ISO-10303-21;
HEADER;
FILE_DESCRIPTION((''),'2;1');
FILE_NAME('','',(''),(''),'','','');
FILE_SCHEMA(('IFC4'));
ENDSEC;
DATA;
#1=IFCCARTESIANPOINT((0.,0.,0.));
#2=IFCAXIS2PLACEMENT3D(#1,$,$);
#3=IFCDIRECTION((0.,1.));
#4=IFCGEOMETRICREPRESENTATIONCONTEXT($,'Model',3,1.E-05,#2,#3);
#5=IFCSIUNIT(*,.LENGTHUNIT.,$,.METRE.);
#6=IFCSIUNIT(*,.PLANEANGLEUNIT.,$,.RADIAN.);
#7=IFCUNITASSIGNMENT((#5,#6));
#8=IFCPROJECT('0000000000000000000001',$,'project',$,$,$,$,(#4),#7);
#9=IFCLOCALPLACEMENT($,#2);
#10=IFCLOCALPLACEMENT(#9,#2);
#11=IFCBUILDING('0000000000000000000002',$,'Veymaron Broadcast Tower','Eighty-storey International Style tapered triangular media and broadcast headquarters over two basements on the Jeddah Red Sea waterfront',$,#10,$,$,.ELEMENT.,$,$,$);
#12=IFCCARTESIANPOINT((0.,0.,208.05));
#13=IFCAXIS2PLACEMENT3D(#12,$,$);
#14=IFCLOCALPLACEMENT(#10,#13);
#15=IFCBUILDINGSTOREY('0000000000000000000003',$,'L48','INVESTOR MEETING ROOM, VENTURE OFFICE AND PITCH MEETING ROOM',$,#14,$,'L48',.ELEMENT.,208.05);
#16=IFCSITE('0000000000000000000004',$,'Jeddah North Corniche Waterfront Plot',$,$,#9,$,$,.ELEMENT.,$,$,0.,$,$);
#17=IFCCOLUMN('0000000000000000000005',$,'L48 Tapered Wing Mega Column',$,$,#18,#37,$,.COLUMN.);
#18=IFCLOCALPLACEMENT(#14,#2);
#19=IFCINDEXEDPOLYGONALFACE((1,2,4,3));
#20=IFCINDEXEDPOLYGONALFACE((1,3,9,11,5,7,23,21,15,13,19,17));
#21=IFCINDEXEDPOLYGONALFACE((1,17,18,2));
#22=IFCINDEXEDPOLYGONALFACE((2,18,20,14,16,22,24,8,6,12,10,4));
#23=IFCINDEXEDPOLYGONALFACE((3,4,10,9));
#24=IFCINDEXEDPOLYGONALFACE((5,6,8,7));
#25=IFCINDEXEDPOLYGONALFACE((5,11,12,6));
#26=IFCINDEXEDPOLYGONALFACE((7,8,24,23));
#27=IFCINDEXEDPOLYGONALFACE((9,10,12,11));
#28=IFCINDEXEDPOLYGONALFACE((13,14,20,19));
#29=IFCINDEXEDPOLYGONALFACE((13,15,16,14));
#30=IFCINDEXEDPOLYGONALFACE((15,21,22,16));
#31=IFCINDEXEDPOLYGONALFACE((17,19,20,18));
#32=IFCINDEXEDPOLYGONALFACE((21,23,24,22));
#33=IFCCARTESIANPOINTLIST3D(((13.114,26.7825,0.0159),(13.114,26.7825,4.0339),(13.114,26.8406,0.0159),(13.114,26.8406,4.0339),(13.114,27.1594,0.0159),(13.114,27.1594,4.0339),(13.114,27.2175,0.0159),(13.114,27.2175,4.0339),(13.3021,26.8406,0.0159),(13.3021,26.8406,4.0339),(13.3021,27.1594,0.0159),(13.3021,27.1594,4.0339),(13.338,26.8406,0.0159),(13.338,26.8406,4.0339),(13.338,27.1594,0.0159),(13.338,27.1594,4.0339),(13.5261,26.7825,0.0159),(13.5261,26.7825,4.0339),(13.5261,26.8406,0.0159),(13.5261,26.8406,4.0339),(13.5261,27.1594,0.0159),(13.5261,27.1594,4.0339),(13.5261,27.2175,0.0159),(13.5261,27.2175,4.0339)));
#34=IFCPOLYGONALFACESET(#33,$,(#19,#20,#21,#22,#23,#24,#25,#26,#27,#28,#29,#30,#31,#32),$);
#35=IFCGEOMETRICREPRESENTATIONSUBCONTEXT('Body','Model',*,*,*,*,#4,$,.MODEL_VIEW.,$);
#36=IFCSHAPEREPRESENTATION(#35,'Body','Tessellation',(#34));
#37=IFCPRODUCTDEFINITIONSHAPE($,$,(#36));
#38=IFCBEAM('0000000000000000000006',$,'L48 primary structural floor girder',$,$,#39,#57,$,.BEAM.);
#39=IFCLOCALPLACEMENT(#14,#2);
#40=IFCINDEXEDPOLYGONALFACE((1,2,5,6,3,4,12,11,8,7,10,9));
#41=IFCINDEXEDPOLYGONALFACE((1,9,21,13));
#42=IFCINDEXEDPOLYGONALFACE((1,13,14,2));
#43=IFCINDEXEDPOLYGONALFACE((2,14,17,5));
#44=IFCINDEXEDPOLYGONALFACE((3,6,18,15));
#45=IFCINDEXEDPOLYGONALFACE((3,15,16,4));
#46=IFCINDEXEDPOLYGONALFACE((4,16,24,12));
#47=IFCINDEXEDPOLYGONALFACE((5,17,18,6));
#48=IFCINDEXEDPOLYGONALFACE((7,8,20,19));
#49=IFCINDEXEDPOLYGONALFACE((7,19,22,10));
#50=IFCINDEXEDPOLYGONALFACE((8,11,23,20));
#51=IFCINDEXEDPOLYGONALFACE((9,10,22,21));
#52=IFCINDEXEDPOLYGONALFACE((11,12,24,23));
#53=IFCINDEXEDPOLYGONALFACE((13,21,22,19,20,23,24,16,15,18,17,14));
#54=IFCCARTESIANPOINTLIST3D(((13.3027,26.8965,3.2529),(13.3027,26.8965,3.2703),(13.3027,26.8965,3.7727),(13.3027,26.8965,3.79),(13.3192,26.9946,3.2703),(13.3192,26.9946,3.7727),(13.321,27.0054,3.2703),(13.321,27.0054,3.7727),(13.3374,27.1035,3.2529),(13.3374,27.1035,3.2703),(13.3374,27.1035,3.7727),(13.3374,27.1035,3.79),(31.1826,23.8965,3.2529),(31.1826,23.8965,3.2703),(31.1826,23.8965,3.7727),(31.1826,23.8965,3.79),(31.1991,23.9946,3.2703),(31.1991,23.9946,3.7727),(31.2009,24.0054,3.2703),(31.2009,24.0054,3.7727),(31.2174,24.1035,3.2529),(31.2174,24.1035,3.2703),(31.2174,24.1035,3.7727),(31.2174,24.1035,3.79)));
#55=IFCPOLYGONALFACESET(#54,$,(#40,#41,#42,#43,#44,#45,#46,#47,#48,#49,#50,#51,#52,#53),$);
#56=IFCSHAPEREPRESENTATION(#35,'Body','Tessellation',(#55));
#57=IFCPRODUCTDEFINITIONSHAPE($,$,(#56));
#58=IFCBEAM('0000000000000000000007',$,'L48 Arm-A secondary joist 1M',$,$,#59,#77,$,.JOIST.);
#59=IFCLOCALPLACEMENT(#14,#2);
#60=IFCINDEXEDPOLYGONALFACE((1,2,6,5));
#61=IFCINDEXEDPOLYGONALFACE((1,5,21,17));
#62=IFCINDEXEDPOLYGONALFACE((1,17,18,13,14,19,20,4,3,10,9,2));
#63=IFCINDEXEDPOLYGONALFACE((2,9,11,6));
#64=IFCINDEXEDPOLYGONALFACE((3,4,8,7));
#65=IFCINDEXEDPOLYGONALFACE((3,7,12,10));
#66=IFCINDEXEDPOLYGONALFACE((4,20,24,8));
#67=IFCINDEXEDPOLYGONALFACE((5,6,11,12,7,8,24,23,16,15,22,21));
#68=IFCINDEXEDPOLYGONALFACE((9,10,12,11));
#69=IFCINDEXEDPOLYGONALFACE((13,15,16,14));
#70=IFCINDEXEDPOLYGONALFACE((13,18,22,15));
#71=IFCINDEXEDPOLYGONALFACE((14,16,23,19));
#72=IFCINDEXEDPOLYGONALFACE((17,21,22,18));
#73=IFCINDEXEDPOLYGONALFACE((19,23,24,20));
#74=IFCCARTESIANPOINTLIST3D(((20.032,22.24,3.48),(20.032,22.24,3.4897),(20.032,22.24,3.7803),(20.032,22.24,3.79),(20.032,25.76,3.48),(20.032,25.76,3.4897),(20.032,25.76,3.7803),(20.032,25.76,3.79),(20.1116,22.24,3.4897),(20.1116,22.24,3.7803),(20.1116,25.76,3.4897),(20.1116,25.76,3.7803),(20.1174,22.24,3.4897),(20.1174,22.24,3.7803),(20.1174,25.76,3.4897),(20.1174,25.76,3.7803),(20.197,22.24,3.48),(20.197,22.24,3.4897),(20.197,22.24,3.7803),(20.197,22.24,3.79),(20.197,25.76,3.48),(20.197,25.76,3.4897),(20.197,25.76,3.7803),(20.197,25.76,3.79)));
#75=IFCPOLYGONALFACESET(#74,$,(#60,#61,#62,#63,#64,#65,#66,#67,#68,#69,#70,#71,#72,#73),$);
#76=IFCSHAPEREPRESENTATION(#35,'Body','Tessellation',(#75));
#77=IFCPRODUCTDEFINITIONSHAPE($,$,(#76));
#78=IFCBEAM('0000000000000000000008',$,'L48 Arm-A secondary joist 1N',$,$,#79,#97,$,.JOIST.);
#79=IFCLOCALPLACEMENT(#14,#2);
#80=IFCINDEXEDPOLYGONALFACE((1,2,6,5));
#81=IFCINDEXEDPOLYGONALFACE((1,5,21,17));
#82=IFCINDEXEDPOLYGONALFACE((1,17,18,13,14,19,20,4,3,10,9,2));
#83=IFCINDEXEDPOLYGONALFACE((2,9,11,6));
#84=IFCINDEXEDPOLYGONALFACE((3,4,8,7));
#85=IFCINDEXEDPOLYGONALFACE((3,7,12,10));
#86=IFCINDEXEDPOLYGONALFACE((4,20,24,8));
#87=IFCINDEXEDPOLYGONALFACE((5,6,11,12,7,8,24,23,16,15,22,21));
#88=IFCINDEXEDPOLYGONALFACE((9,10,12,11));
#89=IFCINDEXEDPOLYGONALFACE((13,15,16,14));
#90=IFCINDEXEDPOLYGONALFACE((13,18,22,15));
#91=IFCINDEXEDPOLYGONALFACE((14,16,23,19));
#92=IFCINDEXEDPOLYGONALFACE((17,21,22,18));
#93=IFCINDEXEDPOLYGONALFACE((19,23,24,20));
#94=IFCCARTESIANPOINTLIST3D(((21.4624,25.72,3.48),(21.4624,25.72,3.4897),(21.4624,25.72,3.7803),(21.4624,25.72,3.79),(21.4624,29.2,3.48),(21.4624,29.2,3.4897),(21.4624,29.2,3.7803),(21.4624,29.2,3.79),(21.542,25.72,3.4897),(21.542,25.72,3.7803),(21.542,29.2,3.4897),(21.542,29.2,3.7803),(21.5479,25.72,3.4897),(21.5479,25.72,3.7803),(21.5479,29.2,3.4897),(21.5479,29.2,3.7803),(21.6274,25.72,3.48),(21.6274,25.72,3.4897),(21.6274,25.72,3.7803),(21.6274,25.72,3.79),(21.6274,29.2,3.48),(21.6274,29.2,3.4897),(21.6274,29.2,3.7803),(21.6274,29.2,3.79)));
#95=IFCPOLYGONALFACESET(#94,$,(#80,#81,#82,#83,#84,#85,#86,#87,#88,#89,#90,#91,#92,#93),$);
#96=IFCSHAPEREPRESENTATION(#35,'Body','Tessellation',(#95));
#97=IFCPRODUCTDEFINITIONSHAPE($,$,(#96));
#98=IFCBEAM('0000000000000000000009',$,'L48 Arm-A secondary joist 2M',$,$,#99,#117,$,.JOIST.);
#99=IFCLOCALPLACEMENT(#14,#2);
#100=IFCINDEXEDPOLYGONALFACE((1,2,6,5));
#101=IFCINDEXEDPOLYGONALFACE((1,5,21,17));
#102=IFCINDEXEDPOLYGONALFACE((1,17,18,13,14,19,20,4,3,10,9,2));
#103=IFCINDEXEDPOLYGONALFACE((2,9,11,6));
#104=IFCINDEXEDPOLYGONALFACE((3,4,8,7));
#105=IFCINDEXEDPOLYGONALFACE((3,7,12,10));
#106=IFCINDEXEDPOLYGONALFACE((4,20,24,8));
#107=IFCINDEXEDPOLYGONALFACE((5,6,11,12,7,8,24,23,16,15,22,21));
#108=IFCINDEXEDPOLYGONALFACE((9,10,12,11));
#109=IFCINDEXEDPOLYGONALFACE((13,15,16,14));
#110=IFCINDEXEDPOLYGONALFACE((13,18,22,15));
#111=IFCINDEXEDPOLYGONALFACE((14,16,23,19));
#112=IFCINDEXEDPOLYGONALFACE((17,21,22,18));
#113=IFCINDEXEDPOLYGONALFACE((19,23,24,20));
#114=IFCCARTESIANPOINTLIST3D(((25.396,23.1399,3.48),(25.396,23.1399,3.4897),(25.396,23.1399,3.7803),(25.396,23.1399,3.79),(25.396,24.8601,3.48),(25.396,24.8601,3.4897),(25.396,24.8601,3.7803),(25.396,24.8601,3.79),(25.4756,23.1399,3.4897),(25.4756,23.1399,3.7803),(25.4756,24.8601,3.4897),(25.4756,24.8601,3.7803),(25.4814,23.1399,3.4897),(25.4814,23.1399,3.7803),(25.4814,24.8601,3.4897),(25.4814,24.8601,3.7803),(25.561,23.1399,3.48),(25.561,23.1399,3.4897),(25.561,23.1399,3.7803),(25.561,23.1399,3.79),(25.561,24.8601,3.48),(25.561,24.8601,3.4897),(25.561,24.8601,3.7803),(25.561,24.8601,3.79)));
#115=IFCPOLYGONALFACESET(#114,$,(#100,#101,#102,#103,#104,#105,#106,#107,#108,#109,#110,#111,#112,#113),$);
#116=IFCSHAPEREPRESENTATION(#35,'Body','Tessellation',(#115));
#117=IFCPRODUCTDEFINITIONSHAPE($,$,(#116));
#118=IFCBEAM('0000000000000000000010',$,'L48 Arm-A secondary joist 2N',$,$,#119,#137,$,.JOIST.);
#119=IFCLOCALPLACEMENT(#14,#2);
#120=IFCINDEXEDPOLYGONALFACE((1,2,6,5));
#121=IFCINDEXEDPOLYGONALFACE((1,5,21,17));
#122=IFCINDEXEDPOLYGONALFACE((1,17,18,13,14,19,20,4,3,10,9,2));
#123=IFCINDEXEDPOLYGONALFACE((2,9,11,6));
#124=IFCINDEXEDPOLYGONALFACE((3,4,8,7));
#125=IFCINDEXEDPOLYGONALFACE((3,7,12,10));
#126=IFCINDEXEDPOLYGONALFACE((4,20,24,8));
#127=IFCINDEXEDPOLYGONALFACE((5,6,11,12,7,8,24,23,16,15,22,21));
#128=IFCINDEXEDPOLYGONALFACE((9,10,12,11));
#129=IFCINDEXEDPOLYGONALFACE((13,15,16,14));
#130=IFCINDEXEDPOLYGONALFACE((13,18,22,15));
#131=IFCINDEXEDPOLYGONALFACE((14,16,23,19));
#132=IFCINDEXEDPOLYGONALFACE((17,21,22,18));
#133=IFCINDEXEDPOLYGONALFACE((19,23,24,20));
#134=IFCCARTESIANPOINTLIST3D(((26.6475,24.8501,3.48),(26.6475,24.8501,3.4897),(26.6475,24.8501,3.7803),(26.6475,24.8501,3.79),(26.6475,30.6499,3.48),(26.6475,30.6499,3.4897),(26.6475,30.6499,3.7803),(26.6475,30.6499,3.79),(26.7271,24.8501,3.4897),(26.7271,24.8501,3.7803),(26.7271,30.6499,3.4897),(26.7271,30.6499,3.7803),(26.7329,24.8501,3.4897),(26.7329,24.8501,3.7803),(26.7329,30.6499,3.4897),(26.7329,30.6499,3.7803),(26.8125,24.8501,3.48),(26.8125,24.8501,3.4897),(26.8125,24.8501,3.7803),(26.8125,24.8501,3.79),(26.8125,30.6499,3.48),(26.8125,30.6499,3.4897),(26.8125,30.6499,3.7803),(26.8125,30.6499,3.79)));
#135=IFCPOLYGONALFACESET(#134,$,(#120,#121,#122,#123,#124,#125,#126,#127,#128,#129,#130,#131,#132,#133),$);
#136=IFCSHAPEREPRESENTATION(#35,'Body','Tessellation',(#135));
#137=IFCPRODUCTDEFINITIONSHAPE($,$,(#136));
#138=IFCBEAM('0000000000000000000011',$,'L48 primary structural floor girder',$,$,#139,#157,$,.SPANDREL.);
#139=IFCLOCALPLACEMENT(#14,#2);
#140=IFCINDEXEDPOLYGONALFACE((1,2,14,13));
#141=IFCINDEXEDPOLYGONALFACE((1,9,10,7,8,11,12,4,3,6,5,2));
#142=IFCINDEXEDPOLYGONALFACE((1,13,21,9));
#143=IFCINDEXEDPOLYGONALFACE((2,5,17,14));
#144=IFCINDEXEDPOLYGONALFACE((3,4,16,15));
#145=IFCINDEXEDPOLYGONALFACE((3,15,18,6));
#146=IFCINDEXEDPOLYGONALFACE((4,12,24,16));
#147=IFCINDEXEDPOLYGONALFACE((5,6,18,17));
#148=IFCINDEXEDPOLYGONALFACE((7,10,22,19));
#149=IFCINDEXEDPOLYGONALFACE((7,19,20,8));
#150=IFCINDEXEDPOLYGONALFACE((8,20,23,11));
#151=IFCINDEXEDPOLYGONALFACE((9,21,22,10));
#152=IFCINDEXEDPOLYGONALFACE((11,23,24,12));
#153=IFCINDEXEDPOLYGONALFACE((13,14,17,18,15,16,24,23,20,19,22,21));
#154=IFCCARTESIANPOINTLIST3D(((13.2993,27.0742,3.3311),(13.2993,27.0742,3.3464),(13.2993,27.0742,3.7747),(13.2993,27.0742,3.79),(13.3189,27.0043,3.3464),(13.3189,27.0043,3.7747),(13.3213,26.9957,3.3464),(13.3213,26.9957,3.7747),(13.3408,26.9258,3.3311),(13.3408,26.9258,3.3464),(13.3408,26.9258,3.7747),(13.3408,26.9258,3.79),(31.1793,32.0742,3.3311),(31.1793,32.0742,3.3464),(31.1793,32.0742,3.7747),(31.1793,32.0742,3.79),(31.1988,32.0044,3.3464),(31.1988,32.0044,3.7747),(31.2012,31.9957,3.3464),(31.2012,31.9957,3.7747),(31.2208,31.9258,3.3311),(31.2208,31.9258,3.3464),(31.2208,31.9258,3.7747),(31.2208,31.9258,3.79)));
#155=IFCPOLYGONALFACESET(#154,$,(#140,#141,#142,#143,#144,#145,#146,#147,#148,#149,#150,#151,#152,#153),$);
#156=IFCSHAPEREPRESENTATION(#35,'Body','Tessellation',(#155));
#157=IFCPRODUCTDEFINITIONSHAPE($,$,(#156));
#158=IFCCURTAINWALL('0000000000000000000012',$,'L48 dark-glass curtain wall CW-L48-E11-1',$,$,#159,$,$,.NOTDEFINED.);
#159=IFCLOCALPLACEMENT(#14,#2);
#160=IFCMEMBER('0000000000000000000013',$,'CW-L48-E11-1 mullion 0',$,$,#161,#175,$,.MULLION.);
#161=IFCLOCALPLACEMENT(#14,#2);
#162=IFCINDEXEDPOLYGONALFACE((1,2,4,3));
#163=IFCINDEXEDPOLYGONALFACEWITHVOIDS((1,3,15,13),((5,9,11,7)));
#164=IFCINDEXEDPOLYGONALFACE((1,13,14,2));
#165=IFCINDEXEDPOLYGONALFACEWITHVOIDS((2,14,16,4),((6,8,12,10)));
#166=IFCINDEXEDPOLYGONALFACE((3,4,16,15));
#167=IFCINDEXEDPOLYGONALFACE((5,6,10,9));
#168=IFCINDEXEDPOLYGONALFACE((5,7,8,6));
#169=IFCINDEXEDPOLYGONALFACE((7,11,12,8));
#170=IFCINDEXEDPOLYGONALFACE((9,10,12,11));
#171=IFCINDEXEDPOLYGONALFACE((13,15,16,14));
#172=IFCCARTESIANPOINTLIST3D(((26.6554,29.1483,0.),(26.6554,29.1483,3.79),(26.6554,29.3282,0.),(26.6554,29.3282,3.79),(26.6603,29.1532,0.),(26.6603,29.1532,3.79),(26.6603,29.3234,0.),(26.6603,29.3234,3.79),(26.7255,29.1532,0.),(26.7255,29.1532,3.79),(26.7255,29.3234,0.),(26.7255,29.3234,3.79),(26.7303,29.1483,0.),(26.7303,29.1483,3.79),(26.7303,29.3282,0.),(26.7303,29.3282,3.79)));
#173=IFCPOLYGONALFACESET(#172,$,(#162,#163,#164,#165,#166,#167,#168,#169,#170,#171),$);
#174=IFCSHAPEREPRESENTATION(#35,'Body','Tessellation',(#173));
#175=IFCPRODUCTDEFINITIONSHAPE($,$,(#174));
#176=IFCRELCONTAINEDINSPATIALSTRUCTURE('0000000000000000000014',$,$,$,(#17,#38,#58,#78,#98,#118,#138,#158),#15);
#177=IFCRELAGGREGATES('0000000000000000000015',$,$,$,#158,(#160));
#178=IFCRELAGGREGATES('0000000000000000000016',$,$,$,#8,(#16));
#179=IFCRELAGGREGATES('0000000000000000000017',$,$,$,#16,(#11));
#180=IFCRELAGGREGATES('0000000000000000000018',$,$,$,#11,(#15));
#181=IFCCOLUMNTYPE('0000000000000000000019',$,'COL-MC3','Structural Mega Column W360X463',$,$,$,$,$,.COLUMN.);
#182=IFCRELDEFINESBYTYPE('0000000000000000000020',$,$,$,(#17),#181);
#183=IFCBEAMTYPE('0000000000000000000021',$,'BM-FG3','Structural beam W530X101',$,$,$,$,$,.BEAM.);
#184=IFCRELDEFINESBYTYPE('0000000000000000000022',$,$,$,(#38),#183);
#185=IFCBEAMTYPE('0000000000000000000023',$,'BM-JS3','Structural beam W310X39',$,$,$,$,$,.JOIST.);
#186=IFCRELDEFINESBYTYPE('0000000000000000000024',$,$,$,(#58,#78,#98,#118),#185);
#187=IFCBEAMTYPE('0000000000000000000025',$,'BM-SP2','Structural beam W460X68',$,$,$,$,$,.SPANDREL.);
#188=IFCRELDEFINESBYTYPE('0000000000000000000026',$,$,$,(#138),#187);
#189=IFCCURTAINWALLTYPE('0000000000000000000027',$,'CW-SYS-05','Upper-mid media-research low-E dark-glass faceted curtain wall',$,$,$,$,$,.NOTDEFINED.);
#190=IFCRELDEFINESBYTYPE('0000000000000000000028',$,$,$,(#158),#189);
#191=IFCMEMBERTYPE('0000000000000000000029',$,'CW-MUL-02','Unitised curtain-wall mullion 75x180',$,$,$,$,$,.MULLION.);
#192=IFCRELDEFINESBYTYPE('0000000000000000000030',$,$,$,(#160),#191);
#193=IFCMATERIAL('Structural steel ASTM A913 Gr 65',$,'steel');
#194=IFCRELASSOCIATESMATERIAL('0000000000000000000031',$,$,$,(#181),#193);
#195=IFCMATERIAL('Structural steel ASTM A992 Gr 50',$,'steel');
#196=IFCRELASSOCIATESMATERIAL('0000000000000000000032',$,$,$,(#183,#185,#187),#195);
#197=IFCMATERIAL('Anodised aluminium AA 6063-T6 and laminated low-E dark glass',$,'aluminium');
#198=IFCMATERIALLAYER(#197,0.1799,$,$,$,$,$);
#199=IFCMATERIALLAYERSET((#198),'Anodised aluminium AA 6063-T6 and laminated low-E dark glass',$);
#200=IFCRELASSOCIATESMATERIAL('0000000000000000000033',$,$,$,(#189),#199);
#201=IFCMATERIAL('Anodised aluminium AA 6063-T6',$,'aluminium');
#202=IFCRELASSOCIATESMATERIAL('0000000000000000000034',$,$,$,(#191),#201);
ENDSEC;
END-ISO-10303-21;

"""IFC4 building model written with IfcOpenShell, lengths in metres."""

from ifc_helpers import new_model, si_unit, direction, frame, origin, origin_2d, place, context, subcontext, project, spatial, hollow_rectangle, i_section, extrude, material, layer, layer_set, material_profile, profile_set, type_object, element, aggregate, save


model = new_model("IFC4")

# Units and contexts
model_context = context("Model", 3, precision=1e-05, world=origin(), true_north=direction((0.0, 1.0)))
body_context = subcontext(model_context, "Body", "Model", "MODEL_VIEW")
ifc_project = project(units=[si_unit("LENGTHUNIT", "METRE"), si_unit("PLANEANGLEUNIT", "RADIAN")], contexts=[model_context])

# Site, building, storey
site_placement = place(None, origin())
site = spatial("IfcSite", under=ifc_project, at=site_placement, Name="Jeddah North Corniche Waterfront Plot", CompositionType="ELEMENT", RefElevation=0.0)
building_placement = place(site_placement, origin())
building = spatial("IfcBuilding", under=site, at=building_placement, Name="Veymaron Broadcast Tower", Description="Eighty-storey International Style tapered triangular media and broadcast headquarters over two basements on the Jeddah Red Sea waterfront", CompositionType="ELEMENT")
storey_placement = place(building_placement, frame((0.0, 0.0, 208.05)))
storey = spatial("IfcBuildingStorey", under=building, at=storey_placement, Name="L48", Description="INVESTOR MEETING ROOM, VENTURE OFFICE AND PITCH MEETING ROOM", LongName="L48", CompositionType="ELEMENT", Elevation=208.05)

# Column
ifc_material_1 = material(Name="Structural steel ASTM A913 Gr 65", Category="steel")
ifc_material_profile_1 = material_profile(ifc_material_1, i_section(OverallWidth=0.4121, OverallDepth=0.4351, WebThickness=0.0359, FlangeThickness=0.0581, at=origin_2d()), Name="W360X463")
ifc_profile_set_1 = profile_set([ifc_material_profile_1], Name="Structural steel ASTM A913 Gr 65")
column_type = type_object("IfcColumnType", Name="COL-MC3", Description="Structural Mega Column W360X463", PredefinedType="COLUMN", material=ifc_profile_set_1)
column_placement = place(storey_placement, frame((13.3201, 27.0, 0.0159), z_axis=(0.0, 0.0, 1.0), x_axis=(1.0, 0.0, 0.0)))
element("IfcColumn", 1, at=column_placement, inside=storey, type_object=column_type, Name="L48 Tapered Wing Mega Column", PredefinedType="COLUMN", context=body_context, shape_type="SweptSolid", body=[
    extrude(i_section(OverallWidth=0.4121, OverallDepth=0.4351, WebThickness=0.0359, FlangeThickness=0.0581, at=origin_2d()), origin(), (0.0, 0.0, 1.0), 4.0181),
])

# Beams
ifc_material_2 = material(Name="Structural steel ASTM A992 Gr 50", Category="steel")
ifc_material_profile_2 = material_profile(ifc_material_2, i_section(OverallWidth=0.21, OverallDepth=0.5371, WebThickness=0.011, FlangeThickness=0.0173, at=origin_2d()), Name="W530X101")
ifc_profile_set_2 = profile_set([ifc_material_profile_2], Name="Structural steel ASTM A992 Gr 50")
beam_type_1 = type_object("IfcBeamType", Name="BM-FG3", Description="Structural beam W530X101", PredefinedType="BEAM", material=ifc_profile_set_2)
beam_1_placement = place(storey_placement, frame((13.3201, 27.0, 3.5215), z_axis=(0.986214, -0.165473, 0.0), x_axis=(0.165473, 0.986214, 0.0)))
element("IfcBeam", 2, at=beam_1_placement, inside=storey, type_object=beam_type_1, Name="L48 primary structural floor girder", PredefinedType="BEAM", context=body_context, shape_type="SweptSolid", body=[
    extrude(i_section(OverallWidth=0.21, OverallDepth=0.5371, WebThickness=0.011, FlangeThickness=0.0173, at=origin_2d()), origin(), (0.0, 0.0, 1.0), 18.1299),
])
ifc_material_profile_3 = material_profile(ifc_material_2, i_section(OverallWidth=0.165, OverallDepth=0.3101, WebThickness=0.0059, FlangeThickness=0.0098, at=origin_2d()), Name="W310X39")
ifc_profile_set_3 = profile_set([ifc_material_profile_3], Name="Structural steel ASTM A992 Gr 50")
beam_type_2 = type_object("IfcBeamType", Name="BM-JS3", Description="Structural beam W310X39", PredefinedType="JOIST", material=ifc_profile_set_3)
beam_2_placement = place(storey_placement, frame((20.1145, 22.24, 3.635), z_axis=(0.0, 1.0, 0.0), x_axis=(-1.0, 0.0, 0.0)))
element("IfcBeam", 3, at=beam_2_placement, inside=storey, type_object=beam_type_2, Name="L48 Arm-A secondary joist 1M", PredefinedType="JOIST", context=body_context, shape_type="SweptSolid", body=[
    extrude(i_section(OverallWidth=0.165, OverallDepth=0.3101, WebThickness=0.0059, FlangeThickness=0.0098, at=origin_2d()), origin(), (0.0, 0.0, 1.0), 3.52),
])
beam_3_placement = place(storey_placement, frame((21.5449, 25.72, 3.635), z_axis=(0.0, 1.0, 0.0), x_axis=(-1.0, 0.0, 0.0)))
element("IfcBeam", 4, at=beam_3_placement, inside=storey, type_object=beam_type_2, Name="L48 Arm-A secondary joist 1N", PredefinedType="JOIST", context=body_context, shape_type="SweptSolid", body=[
    extrude(i_section(OverallWidth=0.165, OverallDepth=0.3101, WebThickness=0.0059, FlangeThickness=0.0098, at=origin_2d()), origin(), (0.0, 0.0, 1.0), 3.48),
])
beam_4_placement = place(storey_placement, frame((25.4785, 23.1399, 3.635), z_axis=(0.0, 1.0, 0.0), x_axis=(-1.0, 0.0, 0.0)))
element("IfcBeam", 5, at=beam_4_placement, inside=storey, type_object=beam_type_2, Name="L48 Arm-A secondary joist 2M", PredefinedType="JOIST", context=body_context, shape_type="SweptSolid", body=[
    extrude(i_section(OverallWidth=0.165, OverallDepth=0.3101, WebThickness=0.0059, FlangeThickness=0.0098, at=origin_2d()), origin(), (0.0, 0.0, 1.0), 1.7202),
])
beam_5_placement = place(storey_placement, frame((26.73, 24.8501, 3.635), z_axis=(0.0, 1.0, 0.0), x_axis=(-1.0, 0.0, 0.0)))
element("IfcBeam", 6, at=beam_5_placement, inside=storey, type_object=beam_type_2, Name="L48 Arm-A secondary joist 2N", PredefinedType="JOIST", context=body_context, shape_type="SweptSolid", body=[
    extrude(i_section(OverallWidth=0.165, OverallDepth=0.3101, WebThickness=0.0059, FlangeThickness=0.0098, at=origin_2d()), origin(), (0.0, 0.0, 1.0), 5.7998),
])
ifc_material_profile_4 = material_profile(ifc_material_2, i_section(OverallWidth=0.1541, OverallDepth=0.459, WebThickness=0.009, FlangeThickness=0.0154, at=origin_2d()), Name="W460X68")
ifc_profile_set_4 = profile_set([ifc_material_profile_4], Name="Structural steel ASTM A992 Gr 50")
beam_type_3 = type_object("IfcBeamType", Name="BM-SP2", Description="Structural beam W460X68", PredefinedType="SPANDREL", material=ifc_profile_set_4)
beam_6_placement = place(storey_placement, frame((13.3201, 27.0, 3.5605), z_axis=(0.963053, 0.269312, 0.0), x_axis=(-0.269312, 0.963053, 0.0)))
element("IfcBeam", 7, at=beam_6_placement, inside=storey, type_object=beam_type_3, Name="L48 primary structural floor girder", PredefinedType="SPANDREL", context=body_context, shape_type="SweptSolid", body=[
    extrude(i_section(OverallWidth=0.1541, OverallDepth=0.459, WebThickness=0.009, FlangeThickness=0.0154, at=origin_2d()), origin(), (0.0, 0.0, 1.0), 18.5659),
])

# Curtain wall, member
ifc_material_3 = material(Name="Anodised aluminium AA 6063-T6 and laminated low-E dark glass", Category="aluminium")
ifc_layer_1 = layer(ifc_material_3, 0.1799)
ifc_layer_set_1 = layer_set([ifc_layer_1], Name="Anodised aluminium AA 6063-T6 and laminated low-E dark glass")
curtain_wall_type = type_object("IfcCurtainWallType", Name="CW-SYS-05", Description="Upper-mid media-research low-E dark-glass faceted curtain wall", PredefinedType="NOTDEFINED", material=ifc_layer_set_1)
curtain_wall_placement = place(storey_placement, origin())
curtain_wall = element("IfcCurtainWall", 8, at=curtain_wall_placement, inside=storey, type_object=curtain_wall_type, Name="L48 dark-glass curtain wall CW-L48-E11-1", PredefinedType="NOTDEFINED")
ifc_material_4 = material(Name="Anodised aluminium AA 6063-T6", Category="aluminium")
ifc_material_profile_5 = material_profile(ifc_material_4, hollow_rectangle(XDim=0.075, YDim=0.1799, WallThickness=0.0049, at=origin_2d()), Name="AL180X75X5")
ifc_profile_set_5 = profile_set([ifc_material_profile_5], Name="Anodised aluminium AA 6063-T6")
member_type_1 = type_object("IfcMemberType", Name="CW-MUL-02", Description="Unitised curtain-wall mullion 75x180", PredefinedType="MULLION", material=ifc_profile_set_5)
member_1_placement = place(storey_placement, frame((26.6929, 29.2383, 0.0), z_axis=(0.0, 0.0, 1.0), x_axis=(1.0, 0.0, 0.0)))
member_1 = element("IfcMember", 9, at=member_1_placement, type_object=member_type_1, Name="CW-L48-E11-1 mullion 0", PredefinedType="MULLION", context=body_context, shape_type="SweptSolid", body=[
    extrude(hollow_rectangle(XDim=0.075, YDim=0.1799, WallThickness=0.0049, at=origin_2d()), origin(), (0.0, 0.0, 1.0), 3.79),
])
aggregate(curtain_wall, [member_1])

save(model, "model.ifc")
